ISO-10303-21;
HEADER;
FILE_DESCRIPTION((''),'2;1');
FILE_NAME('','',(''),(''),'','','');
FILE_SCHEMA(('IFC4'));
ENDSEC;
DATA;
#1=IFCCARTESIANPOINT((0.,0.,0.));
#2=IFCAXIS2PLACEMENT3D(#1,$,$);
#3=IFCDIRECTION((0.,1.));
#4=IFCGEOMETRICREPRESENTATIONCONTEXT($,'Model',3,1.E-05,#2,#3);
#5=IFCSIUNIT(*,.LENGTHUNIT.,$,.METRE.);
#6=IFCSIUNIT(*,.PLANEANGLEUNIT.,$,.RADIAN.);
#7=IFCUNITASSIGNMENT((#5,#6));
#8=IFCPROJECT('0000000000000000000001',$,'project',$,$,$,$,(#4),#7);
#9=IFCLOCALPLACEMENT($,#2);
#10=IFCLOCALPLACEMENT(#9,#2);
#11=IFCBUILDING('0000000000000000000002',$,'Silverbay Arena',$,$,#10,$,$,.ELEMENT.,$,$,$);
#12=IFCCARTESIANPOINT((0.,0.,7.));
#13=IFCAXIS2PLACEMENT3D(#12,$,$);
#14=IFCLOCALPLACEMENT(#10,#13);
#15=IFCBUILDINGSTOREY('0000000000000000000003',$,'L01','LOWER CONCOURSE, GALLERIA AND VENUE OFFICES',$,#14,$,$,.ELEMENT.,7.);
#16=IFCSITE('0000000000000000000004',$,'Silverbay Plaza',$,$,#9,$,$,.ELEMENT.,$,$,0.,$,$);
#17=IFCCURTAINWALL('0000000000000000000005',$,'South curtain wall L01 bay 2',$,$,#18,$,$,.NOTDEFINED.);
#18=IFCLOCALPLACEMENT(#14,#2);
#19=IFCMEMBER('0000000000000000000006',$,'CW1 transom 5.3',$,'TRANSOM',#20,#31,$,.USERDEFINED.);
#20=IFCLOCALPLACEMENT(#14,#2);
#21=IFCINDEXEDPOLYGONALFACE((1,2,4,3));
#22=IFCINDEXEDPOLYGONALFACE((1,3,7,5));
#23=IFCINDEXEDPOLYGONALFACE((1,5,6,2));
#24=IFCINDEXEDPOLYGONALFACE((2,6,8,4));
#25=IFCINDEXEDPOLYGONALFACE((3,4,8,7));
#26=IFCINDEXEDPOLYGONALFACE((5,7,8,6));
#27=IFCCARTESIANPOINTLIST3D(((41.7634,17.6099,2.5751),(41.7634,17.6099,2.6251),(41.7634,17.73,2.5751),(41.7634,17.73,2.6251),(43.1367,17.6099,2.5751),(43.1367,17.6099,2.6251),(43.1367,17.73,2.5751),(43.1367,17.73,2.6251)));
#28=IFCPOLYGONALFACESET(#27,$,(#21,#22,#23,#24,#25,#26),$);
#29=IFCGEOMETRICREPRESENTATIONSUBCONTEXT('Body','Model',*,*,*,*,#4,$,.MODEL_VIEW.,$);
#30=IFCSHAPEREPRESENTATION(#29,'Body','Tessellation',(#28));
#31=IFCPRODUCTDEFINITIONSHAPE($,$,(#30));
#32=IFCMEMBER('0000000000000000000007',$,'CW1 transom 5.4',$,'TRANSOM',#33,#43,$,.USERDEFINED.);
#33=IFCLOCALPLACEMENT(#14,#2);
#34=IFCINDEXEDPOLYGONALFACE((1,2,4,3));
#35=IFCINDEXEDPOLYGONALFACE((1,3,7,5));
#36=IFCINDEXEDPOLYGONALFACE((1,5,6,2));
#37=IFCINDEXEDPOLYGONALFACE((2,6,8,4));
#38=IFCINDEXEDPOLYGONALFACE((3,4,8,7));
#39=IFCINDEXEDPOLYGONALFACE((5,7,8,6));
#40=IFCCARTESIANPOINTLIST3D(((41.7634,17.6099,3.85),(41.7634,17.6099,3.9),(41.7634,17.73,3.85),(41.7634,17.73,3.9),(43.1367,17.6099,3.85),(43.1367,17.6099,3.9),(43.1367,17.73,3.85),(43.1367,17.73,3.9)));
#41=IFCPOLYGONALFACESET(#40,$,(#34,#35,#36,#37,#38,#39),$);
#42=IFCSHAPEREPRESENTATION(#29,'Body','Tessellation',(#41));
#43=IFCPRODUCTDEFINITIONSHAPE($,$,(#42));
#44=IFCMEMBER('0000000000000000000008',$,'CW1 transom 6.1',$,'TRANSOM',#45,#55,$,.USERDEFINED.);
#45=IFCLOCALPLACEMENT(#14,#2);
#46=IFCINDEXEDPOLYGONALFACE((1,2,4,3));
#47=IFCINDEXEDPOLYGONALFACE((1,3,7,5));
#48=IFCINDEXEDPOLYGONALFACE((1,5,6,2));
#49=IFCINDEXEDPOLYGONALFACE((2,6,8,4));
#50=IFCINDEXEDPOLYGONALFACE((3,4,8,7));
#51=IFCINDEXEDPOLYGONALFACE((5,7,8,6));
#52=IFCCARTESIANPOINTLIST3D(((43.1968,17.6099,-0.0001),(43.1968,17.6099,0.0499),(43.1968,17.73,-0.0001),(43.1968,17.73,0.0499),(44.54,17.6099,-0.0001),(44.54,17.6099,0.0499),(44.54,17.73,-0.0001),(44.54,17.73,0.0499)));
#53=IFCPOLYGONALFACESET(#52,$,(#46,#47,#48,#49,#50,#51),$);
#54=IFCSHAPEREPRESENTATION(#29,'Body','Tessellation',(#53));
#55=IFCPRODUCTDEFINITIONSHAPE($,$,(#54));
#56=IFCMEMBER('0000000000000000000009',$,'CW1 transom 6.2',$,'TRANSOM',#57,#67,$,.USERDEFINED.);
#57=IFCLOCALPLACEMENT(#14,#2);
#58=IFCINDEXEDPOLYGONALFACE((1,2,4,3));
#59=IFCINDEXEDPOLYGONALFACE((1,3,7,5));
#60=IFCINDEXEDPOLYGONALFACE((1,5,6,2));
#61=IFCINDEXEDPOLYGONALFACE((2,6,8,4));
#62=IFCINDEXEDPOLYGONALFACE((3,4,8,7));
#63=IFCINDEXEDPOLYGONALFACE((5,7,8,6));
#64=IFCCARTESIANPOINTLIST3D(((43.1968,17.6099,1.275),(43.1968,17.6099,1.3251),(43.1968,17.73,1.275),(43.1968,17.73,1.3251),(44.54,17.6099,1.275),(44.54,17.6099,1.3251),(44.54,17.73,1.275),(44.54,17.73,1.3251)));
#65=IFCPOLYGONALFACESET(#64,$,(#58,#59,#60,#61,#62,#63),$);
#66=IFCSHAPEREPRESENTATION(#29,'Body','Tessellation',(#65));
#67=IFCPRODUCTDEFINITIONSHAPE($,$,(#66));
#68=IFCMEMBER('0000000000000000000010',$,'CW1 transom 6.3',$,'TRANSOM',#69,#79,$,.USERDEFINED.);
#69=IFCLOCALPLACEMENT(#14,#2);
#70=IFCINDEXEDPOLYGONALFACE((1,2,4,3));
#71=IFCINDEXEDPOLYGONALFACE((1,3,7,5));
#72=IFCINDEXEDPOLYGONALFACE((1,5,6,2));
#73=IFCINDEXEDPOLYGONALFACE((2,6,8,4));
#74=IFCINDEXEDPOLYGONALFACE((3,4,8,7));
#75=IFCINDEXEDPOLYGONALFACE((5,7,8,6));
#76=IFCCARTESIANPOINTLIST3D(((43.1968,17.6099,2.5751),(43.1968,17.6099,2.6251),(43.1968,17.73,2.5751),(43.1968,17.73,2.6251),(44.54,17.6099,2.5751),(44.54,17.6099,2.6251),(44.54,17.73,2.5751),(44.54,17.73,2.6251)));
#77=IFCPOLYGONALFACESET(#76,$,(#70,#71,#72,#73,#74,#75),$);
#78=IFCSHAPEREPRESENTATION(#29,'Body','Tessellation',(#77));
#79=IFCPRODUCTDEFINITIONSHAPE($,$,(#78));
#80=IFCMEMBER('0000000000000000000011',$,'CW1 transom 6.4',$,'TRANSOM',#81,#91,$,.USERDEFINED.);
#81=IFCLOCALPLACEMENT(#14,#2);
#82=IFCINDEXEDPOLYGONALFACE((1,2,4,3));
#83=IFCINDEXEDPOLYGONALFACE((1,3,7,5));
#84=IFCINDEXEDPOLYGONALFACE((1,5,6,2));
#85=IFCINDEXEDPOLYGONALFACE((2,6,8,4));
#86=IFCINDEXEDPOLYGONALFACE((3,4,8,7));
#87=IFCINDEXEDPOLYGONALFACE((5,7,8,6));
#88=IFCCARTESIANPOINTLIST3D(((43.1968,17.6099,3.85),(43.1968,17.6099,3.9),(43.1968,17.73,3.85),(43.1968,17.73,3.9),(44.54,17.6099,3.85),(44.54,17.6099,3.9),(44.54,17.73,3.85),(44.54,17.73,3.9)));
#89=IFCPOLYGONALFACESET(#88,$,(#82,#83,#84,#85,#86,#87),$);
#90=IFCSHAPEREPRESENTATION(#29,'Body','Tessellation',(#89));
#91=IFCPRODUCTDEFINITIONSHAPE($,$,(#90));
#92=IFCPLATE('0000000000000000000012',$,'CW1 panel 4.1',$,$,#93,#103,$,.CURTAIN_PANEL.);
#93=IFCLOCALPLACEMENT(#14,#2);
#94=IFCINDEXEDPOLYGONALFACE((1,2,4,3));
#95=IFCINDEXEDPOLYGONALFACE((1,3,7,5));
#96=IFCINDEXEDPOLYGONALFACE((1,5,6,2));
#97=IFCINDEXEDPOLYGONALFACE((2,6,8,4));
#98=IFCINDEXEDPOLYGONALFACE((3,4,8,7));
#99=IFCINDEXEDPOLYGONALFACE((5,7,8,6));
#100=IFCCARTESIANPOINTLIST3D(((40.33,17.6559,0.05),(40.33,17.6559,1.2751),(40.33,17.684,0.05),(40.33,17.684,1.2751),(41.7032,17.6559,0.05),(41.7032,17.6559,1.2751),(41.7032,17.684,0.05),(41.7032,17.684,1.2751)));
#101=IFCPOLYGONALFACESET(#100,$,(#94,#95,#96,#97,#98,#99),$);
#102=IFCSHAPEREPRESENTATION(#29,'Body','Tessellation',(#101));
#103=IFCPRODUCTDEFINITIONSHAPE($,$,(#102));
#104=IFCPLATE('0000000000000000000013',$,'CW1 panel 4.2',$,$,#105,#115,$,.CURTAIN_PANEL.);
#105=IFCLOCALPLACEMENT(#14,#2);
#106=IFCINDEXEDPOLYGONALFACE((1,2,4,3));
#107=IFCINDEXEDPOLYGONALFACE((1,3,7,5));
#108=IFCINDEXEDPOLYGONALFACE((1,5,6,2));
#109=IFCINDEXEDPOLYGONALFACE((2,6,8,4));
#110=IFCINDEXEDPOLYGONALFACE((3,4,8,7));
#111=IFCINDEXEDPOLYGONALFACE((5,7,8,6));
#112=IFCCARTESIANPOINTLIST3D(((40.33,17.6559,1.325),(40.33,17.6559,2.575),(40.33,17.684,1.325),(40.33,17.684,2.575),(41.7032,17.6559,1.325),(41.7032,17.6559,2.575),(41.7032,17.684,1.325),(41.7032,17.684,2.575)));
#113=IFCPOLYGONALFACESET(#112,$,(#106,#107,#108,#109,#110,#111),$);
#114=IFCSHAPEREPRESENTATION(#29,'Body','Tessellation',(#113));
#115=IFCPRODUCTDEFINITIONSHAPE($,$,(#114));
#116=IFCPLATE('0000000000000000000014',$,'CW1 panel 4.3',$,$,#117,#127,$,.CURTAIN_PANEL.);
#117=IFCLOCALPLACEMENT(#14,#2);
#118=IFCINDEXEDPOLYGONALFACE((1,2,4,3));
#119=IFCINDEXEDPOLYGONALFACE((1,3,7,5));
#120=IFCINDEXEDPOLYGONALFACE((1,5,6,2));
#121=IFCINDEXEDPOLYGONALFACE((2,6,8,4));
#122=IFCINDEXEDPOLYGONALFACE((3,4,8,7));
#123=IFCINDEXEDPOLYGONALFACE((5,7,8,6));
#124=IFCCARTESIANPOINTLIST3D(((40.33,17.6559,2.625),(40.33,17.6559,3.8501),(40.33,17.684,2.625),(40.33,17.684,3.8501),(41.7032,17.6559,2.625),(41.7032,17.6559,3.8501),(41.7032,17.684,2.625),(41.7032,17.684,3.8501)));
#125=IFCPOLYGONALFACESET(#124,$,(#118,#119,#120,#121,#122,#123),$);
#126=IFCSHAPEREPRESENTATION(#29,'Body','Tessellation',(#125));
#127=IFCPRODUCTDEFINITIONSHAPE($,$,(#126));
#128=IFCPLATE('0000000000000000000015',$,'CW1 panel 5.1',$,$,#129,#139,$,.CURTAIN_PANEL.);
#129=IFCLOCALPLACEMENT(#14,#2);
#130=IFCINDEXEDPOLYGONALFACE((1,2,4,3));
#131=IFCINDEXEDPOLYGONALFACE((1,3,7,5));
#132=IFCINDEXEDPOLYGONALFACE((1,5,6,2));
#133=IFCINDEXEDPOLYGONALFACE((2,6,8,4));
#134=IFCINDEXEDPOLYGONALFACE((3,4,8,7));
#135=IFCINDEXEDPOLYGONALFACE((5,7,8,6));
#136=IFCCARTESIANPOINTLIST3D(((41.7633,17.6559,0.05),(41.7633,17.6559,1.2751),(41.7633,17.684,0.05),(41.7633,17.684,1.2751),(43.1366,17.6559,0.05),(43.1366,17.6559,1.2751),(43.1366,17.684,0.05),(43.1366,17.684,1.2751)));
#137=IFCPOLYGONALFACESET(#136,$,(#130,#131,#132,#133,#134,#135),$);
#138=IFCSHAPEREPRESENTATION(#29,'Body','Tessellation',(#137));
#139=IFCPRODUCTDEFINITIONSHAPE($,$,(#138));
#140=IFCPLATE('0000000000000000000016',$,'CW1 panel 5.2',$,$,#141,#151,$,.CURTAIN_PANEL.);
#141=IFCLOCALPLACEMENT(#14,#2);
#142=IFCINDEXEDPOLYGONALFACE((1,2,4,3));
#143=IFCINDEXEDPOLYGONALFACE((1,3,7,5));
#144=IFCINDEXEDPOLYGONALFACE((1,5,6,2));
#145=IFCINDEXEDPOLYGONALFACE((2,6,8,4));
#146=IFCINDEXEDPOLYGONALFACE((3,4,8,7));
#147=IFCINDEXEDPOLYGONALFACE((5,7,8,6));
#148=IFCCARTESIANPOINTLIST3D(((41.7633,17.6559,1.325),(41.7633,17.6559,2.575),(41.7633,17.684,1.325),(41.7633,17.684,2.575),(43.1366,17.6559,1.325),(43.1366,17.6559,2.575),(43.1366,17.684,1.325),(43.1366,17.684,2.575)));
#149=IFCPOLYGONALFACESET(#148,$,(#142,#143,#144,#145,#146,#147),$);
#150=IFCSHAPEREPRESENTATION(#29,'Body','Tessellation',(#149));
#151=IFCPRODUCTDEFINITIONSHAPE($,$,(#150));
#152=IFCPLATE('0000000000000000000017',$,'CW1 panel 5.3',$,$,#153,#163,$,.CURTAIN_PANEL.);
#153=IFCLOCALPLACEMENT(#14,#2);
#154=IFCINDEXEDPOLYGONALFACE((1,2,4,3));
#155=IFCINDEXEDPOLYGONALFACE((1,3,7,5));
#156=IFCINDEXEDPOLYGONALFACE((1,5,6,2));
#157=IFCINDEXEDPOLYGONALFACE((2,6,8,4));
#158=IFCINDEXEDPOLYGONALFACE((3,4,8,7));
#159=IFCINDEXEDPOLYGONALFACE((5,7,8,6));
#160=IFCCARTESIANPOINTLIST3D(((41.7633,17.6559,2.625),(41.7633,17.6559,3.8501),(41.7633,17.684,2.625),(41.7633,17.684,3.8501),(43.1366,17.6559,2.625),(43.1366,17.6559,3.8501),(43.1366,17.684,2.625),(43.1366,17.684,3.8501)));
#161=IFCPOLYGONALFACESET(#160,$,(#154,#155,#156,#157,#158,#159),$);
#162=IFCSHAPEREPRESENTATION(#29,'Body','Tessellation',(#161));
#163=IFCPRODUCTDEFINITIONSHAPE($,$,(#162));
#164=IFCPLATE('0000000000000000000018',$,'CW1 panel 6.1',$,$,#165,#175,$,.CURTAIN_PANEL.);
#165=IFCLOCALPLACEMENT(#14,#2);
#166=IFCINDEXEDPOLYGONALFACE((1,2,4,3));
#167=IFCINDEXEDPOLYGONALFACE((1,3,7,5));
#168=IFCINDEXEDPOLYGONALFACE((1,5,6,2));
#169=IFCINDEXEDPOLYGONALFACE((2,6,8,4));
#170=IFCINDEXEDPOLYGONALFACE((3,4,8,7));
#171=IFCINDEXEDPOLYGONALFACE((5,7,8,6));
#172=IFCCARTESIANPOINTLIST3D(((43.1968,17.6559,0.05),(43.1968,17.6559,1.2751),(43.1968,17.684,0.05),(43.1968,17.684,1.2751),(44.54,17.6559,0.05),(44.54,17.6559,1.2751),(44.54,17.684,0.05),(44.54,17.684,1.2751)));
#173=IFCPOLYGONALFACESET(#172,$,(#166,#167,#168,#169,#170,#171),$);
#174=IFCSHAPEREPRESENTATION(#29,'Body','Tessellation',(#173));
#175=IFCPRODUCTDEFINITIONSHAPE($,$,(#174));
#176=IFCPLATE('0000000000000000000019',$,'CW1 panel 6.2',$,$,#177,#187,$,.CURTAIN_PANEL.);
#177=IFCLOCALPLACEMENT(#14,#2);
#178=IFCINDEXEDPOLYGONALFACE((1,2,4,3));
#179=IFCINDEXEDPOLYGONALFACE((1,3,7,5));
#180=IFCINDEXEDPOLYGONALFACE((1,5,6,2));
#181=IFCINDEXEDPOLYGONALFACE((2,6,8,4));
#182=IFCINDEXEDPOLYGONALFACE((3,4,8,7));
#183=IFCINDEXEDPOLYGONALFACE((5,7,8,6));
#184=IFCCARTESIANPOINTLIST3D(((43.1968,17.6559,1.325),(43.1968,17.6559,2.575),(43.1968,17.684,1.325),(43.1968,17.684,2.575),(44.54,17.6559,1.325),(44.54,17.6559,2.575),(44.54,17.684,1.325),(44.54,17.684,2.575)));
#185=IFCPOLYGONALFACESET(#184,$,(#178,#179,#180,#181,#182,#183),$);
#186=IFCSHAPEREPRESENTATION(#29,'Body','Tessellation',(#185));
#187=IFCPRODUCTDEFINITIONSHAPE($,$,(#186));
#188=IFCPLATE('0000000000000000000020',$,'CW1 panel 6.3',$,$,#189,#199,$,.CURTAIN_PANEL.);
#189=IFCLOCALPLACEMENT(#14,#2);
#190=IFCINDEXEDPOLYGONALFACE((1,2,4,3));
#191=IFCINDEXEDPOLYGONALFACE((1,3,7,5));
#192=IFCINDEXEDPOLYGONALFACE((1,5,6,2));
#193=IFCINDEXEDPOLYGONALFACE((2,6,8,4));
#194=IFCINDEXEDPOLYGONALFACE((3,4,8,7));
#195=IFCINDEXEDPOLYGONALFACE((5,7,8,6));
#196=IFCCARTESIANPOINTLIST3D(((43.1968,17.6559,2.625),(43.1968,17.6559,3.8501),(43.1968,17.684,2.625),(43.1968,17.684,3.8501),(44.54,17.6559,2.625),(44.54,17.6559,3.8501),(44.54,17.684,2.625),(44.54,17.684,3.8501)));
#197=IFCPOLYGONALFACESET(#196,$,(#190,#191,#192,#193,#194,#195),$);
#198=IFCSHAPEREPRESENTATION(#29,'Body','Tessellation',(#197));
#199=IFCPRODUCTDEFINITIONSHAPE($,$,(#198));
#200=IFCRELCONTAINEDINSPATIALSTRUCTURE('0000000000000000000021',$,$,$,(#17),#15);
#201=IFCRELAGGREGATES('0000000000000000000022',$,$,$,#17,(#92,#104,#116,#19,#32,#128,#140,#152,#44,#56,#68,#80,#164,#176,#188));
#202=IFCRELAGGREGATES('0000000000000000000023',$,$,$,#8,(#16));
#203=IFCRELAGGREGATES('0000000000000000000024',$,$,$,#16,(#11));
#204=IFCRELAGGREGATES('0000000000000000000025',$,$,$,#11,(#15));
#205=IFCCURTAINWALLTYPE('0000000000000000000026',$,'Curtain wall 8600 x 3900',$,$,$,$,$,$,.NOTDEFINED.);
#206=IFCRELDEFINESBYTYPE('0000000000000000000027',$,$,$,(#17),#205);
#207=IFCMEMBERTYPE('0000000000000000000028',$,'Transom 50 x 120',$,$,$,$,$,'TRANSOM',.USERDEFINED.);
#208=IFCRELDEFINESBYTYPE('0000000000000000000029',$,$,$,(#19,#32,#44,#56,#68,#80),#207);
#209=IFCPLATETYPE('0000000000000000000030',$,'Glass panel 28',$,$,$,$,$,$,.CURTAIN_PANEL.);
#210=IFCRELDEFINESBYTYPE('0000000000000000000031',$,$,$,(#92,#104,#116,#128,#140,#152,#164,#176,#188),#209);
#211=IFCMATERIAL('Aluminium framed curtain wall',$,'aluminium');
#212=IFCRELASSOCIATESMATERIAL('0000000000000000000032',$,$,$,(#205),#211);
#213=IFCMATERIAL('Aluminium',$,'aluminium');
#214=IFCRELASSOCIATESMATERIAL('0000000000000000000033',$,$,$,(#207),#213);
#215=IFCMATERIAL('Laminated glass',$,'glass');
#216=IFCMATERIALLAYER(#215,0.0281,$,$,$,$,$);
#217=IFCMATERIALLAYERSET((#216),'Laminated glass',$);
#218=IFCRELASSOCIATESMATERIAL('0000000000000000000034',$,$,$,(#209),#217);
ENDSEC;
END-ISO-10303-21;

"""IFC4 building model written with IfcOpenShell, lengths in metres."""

from ifc_helpers import new_model, si_unit, direction, frame, origin, origin_2d, place, context, subcontext, project, spatial, rectangle, extrude, material, layer, layer_set, material_profile, profile_set, type_object, element, aggregate, save


model = new_model("IFC4")

# Units and contexts
model_context = context("Model", 3, precision=1e-05, world=origin(), true_north=direction((0.0, 1.0)))
body_context = subcontext(model_context, "Body", "Model", "MODEL_VIEW")
ifc_project = project(units=[si_unit("LENGTHUNIT", "METRE"), si_unit("PLANEANGLEUNIT", "RADIAN")], contexts=[model_context])

# Site, building, storey
site_placement = place(None, origin())
site = spatial("IfcSite", under=ifc_project, at=site_placement, Name="Silverbay Plaza", CompositionType="ELEMENT", RefElevation=0.0)
building_placement = place(site_placement, origin())
building = spatial("IfcBuilding", under=site, at=building_placement, Name="Silverbay Arena", CompositionType="ELEMENT")
storey_placement = place(building_placement, frame((0.0, 0.0, 7.0)))
storey = spatial("IfcBuildingStorey", under=building, at=storey_placement, Name="L01", Description="LOWER CONCOURSE, GALLERIA AND VENUE OFFICES", CompositionType="ELEMENT", Elevation=7.0)

# Curtain wall
ifc_material_1 = material(Name="Aluminium framed curtain wall", Category="aluminium")
curtain_wall_type = type_object("IfcCurtainWallType", Name="Curtain wall 8600 x 3900", PredefinedType="NOTDEFINED", material=ifc_material_1)
curtain_wall_placement = place(storey_placement, origin())
curtain_wall = element("IfcCurtainWall", 1, at=curtain_wall_placement, inside=storey, type_object=curtain_wall_type, Name="South curtain wall L01 bay 2", PredefinedType="NOTDEFINED")

# Members
ifc_material_2 = material(Name="Aluminium", Category="aluminium")
ifc_material_profile_1 = material_profile(ifc_material_2, rectangle(XDim=0.1201, YDim=0.05, at=origin_2d()), Name="Transom 50 x 120")
ifc_profile_set_1 = profile_set([ifc_material_profile_1], Name="Aluminium")
member_type_1 = type_object("IfcMemberType", Name="Transom 50 x 120", ElementType="TRANSOM", PredefinedType="USERDEFINED", material=ifc_profile_set_1)
member_1_placement = place(storey_placement, frame((41.7634, 17.6699, 2.6001), z_axis=(1.0, 0.0, 0.0), x_axis=(0.0, 1.0, 0.0)))
member_1 = element("IfcMember", 2, at=member_1_placement, type_object=member_type_1, Name="CW1 transom 5.3", ObjectType="TRANSOM", PredefinedType="USERDEFINED", context=body_context, shape_type="SweptSolid", body=[
    extrude(rectangle(XDim=0.1201, YDim=0.05, at=origin_2d()), origin(), (0.0, 0.0, 1.0), 1.3733),
])
member_2_placement = place(storey_placement, frame((41.7634, 17.6699, 3.875), z_axis=(1.0, 0.0, 0.0), x_axis=(0.0, 1.0, 0.0)))
member_2 = element("IfcMember", 3, at=member_2_placement, type_object=member_type_1, Name="CW1 transom 5.4", ObjectType="TRANSOM", PredefinedType="USERDEFINED", context=body_context, shape_type="SweptSolid", body=[
    extrude(rectangle(XDim=0.1201, YDim=0.05, at=origin_2d()), origin(), (0.0, 0.0, 1.0), 1.3733),
])
member_3_placement = place(storey_placement, frame((43.1968, 17.6699, 0.0249), z_axis=(1.0, 0.0, 0.0), x_axis=(0.0, 1.0, 0.0)))
member_3 = element("IfcMember", 4, at=member_3_placement, type_object=member_type_1, Name="CW1 transom 6.1", ObjectType="TRANSOM", PredefinedType="USERDEFINED", context=body_context, shape_type="SweptSolid", body=[
    extrude(rectangle(XDim=0.1201, YDim=0.05, at=origin_2d()), origin(), (0.0, 0.0, 1.0), 1.3433),
])
member_4_placement = place(storey_placement, frame((43.1968, 17.6699, 1.3), z_axis=(1.0, 0.0, 0.0), x_axis=(0.0, 1.0, 0.0)))
member_4 = element("IfcMember", 5, at=member_4_placement, type_object=member_type_1, Name="CW1 transom 6.2", ObjectType="TRANSOM", PredefinedType="USERDEFINED", context=body_context, shape_type="SweptSolid", body=[
    extrude(rectangle(XDim=0.1201, YDim=0.05, at=origin_2d()), origin(), (0.0, 0.0, 1.0), 1.3433),
])
member_5_placement = place(storey_placement, frame((43.1968, 17.6699, 2.6001), z_axis=(1.0, 0.0, 0.0), x_axis=(0.0, 1.0, 0.0)))
member_5 = element("IfcMember", 6, at=member_5_placement, type_object=member_type_1, Name="CW1 transom 6.3", ObjectType="TRANSOM", PredefinedType="USERDEFINED", context=body_context, shape_type="SweptSolid", body=[
    extrude(rectangle(XDim=0.1201, YDim=0.05, at=origin_2d()), origin(), (0.0, 0.0, 1.0), 1.3433),
])
member_6_placement = place(storey_placement, frame((43.1968, 17.6699, 3.875), z_axis=(1.0, 0.0, 0.0), x_axis=(0.0, 1.0, 0.0)))
member_6 = element("IfcMember", 7, at=member_6_placement, type_object=member_type_1, Name="CW1 transom 6.4", ObjectType="TRANSOM", PredefinedType="USERDEFINED", context=body_context, shape_type="SweptSolid", body=[
    extrude(rectangle(XDim=0.1201, YDim=0.05, at=origin_2d()), origin(), (0.0, 0.0, 1.0), 1.3433),
])

# Plates
ifc_material_3 = material(Name="Laminated glass", Category="glass")
ifc_layer = layer(ifc_material_3, 0.0281)
ifc_layer_set = layer_set([ifc_layer], Name="Laminated glass")
plate_type = type_object("IfcPlateType", Name="Glass panel 28", PredefinedType="CURTAIN_PANEL", material=ifc_layer_set)
plate_1_placement = place(storey_placement, frame((41.0166, 17.6699, 0.05), z_axis=(0.0, 0.0, 1.0), x_axis=(1.0, 0.0, 0.0)))
plate_1 = element("IfcPlate", 8, at=plate_1_placement, type_object=plate_type, Name="CW1 panel 4.1", PredefinedType="CURTAIN_PANEL", context=body_context, shape_type="SweptSolid", body=[
    extrude(rectangle(XDim=1.3733, YDim=0.0281, at=origin_2d()), origin(), (0.0, 0.0, 1.0), 1.2251),
])
plate_2_placement = place(storey_placement, frame((41.0166, 17.6699, 1.325), z_axis=(0.0, 0.0, 1.0), x_axis=(1.0, 0.0, 0.0)))
plate_2 = element("IfcPlate", 9, at=plate_2_placement, type_object=plate_type, Name="CW1 panel 4.2", PredefinedType="CURTAIN_PANEL", context=body_context, shape_type="SweptSolid", body=[
    extrude(rectangle(XDim=1.3733, YDim=0.0281, at=origin_2d()), origin(), (0.0, 0.0, 1.0), 1.25),
])
plate_3_placement = place(storey_placement, frame((41.0166, 17.6699, 2.625), z_axis=(0.0, 0.0, 1.0), x_axis=(1.0, 0.0, 0.0)))
plate_3 = element("IfcPlate", 10, at=plate_3_placement, type_object=plate_type, Name="CW1 panel 4.3", PredefinedType="CURTAIN_PANEL", context=body_context, shape_type="SweptSolid", body=[
    extrude(rectangle(XDim=1.3733, YDim=0.0281, at=origin_2d()), origin(), (0.0, 0.0, 1.0), 1.2251),
])
plate_4_placement = place(storey_placement, frame((42.45, 17.6699, 0.05), z_axis=(0.0, 0.0, 1.0), x_axis=(1.0, 0.0, 0.0)))
plate_4 = element("IfcPlate", 11, at=plate_4_placement, type_object=plate_type, Name="CW1 panel 5.1", PredefinedType="CURTAIN_PANEL", context=body_context, shape_type="SweptSolid", body=[
    extrude(rectangle(XDim=1.3733, YDim=0.0281, at=origin_2d()), origin(), (0.0, 0.0, 1.0), 1.2251),
])
plate_5_placement = place(storey_placement, frame((42.45, 17.6699, 1.325), z_axis=(0.0, 0.0, 1.0), x_axis=(1.0, 0.0, 0.0)))
plate_5 = element("IfcPlate", 12, at=plate_5_placement, type_object=plate_type, Name="CW1 panel 5.2", PredefinedType="CURTAIN_PANEL", context=body_context, shape_type="SweptSolid", body=[
    extrude(rectangle(XDim=1.3733, YDim=0.0281, at=origin_2d()), origin(), (0.0, 0.0, 1.0), 1.25),
])
plate_6_placement = place(storey_placement, frame((42.45, 17.6699, 2.625), z_axis=(0.0, 0.0, 1.0), x_axis=(1.0, 0.0, 0.0)))
plate_6 = element("IfcPlate", 13, at=plate_6_placement, type_object=plate_type, Name="CW1 panel 5.3", PredefinedType="CURTAIN_PANEL", context=body_context, shape_type="SweptSolid", body=[
    extrude(rectangle(XDim=1.3733, YDim=0.0281, at=origin_2d()), origin(), (0.0, 0.0, 1.0), 1.2251),
])
plate_7_placement = place(storey_placement, frame((43.8684, 17.6699, 0.05), z_axis=(0.0, 0.0, 1.0), x_axis=(1.0, 0.0, 0.0)))
plate_7 = element("IfcPlate", 14, at=plate_7_placement, type_object=plate_type, Name="CW1 panel 6.1", PredefinedType="CURTAIN_PANEL", context=body_context, shape_type="SweptSolid", body=[
    extrude(rectangle(XDim=1.3433, YDim=0.0281, at=origin_2d()), origin(), (0.0, 0.0, 1.0), 1.2251),
])
plate_8_placement = place(storey_placement, frame((43.8684, 17.6699, 1.325), z_axis=(0.0, 0.0, 1.0), x_axis=(1.0, 0.0, 0.0)))
plate_8 = element("IfcPlate", 15, at=plate_8_placement, type_object=plate_type, Name="CW1 panel 6.2", PredefinedType="CURTAIN_PANEL", context=body_context, shape_type="SweptSolid", body=[
    extrude(rectangle(XDim=1.3433, YDim=0.0281, at=origin_2d()), origin(), (0.0, 0.0, 1.0), 1.25),
])
plate_9_placement = place(storey_placement, frame((43.8684, 17.6699, 2.625), z_axis=(0.0, 0.0, 1.0), x_axis=(1.0, 0.0, 0.0)))
plate_9 = element("IfcPlate", 16, at=plate_9_placement, type_object=plate_type, Name="CW1 panel 6.3", PredefinedType="CURTAIN_PANEL", context=body_context, shape_type="SweptSolid", body=[
    extrude(rectangle(XDim=1.3433, YDim=0.0281, at=origin_2d()), origin(), (0.0, 0.0, 1.0), 1.2251),
])
aggregate(curtain_wall, [plate_1, plate_2, plate_3, member_1, member_2, plate_4, plate_5, plate_6, member_3, member_4, member_5, member_6, plate_7, plate_8, plate_9])

save(model, "model.ifc")
